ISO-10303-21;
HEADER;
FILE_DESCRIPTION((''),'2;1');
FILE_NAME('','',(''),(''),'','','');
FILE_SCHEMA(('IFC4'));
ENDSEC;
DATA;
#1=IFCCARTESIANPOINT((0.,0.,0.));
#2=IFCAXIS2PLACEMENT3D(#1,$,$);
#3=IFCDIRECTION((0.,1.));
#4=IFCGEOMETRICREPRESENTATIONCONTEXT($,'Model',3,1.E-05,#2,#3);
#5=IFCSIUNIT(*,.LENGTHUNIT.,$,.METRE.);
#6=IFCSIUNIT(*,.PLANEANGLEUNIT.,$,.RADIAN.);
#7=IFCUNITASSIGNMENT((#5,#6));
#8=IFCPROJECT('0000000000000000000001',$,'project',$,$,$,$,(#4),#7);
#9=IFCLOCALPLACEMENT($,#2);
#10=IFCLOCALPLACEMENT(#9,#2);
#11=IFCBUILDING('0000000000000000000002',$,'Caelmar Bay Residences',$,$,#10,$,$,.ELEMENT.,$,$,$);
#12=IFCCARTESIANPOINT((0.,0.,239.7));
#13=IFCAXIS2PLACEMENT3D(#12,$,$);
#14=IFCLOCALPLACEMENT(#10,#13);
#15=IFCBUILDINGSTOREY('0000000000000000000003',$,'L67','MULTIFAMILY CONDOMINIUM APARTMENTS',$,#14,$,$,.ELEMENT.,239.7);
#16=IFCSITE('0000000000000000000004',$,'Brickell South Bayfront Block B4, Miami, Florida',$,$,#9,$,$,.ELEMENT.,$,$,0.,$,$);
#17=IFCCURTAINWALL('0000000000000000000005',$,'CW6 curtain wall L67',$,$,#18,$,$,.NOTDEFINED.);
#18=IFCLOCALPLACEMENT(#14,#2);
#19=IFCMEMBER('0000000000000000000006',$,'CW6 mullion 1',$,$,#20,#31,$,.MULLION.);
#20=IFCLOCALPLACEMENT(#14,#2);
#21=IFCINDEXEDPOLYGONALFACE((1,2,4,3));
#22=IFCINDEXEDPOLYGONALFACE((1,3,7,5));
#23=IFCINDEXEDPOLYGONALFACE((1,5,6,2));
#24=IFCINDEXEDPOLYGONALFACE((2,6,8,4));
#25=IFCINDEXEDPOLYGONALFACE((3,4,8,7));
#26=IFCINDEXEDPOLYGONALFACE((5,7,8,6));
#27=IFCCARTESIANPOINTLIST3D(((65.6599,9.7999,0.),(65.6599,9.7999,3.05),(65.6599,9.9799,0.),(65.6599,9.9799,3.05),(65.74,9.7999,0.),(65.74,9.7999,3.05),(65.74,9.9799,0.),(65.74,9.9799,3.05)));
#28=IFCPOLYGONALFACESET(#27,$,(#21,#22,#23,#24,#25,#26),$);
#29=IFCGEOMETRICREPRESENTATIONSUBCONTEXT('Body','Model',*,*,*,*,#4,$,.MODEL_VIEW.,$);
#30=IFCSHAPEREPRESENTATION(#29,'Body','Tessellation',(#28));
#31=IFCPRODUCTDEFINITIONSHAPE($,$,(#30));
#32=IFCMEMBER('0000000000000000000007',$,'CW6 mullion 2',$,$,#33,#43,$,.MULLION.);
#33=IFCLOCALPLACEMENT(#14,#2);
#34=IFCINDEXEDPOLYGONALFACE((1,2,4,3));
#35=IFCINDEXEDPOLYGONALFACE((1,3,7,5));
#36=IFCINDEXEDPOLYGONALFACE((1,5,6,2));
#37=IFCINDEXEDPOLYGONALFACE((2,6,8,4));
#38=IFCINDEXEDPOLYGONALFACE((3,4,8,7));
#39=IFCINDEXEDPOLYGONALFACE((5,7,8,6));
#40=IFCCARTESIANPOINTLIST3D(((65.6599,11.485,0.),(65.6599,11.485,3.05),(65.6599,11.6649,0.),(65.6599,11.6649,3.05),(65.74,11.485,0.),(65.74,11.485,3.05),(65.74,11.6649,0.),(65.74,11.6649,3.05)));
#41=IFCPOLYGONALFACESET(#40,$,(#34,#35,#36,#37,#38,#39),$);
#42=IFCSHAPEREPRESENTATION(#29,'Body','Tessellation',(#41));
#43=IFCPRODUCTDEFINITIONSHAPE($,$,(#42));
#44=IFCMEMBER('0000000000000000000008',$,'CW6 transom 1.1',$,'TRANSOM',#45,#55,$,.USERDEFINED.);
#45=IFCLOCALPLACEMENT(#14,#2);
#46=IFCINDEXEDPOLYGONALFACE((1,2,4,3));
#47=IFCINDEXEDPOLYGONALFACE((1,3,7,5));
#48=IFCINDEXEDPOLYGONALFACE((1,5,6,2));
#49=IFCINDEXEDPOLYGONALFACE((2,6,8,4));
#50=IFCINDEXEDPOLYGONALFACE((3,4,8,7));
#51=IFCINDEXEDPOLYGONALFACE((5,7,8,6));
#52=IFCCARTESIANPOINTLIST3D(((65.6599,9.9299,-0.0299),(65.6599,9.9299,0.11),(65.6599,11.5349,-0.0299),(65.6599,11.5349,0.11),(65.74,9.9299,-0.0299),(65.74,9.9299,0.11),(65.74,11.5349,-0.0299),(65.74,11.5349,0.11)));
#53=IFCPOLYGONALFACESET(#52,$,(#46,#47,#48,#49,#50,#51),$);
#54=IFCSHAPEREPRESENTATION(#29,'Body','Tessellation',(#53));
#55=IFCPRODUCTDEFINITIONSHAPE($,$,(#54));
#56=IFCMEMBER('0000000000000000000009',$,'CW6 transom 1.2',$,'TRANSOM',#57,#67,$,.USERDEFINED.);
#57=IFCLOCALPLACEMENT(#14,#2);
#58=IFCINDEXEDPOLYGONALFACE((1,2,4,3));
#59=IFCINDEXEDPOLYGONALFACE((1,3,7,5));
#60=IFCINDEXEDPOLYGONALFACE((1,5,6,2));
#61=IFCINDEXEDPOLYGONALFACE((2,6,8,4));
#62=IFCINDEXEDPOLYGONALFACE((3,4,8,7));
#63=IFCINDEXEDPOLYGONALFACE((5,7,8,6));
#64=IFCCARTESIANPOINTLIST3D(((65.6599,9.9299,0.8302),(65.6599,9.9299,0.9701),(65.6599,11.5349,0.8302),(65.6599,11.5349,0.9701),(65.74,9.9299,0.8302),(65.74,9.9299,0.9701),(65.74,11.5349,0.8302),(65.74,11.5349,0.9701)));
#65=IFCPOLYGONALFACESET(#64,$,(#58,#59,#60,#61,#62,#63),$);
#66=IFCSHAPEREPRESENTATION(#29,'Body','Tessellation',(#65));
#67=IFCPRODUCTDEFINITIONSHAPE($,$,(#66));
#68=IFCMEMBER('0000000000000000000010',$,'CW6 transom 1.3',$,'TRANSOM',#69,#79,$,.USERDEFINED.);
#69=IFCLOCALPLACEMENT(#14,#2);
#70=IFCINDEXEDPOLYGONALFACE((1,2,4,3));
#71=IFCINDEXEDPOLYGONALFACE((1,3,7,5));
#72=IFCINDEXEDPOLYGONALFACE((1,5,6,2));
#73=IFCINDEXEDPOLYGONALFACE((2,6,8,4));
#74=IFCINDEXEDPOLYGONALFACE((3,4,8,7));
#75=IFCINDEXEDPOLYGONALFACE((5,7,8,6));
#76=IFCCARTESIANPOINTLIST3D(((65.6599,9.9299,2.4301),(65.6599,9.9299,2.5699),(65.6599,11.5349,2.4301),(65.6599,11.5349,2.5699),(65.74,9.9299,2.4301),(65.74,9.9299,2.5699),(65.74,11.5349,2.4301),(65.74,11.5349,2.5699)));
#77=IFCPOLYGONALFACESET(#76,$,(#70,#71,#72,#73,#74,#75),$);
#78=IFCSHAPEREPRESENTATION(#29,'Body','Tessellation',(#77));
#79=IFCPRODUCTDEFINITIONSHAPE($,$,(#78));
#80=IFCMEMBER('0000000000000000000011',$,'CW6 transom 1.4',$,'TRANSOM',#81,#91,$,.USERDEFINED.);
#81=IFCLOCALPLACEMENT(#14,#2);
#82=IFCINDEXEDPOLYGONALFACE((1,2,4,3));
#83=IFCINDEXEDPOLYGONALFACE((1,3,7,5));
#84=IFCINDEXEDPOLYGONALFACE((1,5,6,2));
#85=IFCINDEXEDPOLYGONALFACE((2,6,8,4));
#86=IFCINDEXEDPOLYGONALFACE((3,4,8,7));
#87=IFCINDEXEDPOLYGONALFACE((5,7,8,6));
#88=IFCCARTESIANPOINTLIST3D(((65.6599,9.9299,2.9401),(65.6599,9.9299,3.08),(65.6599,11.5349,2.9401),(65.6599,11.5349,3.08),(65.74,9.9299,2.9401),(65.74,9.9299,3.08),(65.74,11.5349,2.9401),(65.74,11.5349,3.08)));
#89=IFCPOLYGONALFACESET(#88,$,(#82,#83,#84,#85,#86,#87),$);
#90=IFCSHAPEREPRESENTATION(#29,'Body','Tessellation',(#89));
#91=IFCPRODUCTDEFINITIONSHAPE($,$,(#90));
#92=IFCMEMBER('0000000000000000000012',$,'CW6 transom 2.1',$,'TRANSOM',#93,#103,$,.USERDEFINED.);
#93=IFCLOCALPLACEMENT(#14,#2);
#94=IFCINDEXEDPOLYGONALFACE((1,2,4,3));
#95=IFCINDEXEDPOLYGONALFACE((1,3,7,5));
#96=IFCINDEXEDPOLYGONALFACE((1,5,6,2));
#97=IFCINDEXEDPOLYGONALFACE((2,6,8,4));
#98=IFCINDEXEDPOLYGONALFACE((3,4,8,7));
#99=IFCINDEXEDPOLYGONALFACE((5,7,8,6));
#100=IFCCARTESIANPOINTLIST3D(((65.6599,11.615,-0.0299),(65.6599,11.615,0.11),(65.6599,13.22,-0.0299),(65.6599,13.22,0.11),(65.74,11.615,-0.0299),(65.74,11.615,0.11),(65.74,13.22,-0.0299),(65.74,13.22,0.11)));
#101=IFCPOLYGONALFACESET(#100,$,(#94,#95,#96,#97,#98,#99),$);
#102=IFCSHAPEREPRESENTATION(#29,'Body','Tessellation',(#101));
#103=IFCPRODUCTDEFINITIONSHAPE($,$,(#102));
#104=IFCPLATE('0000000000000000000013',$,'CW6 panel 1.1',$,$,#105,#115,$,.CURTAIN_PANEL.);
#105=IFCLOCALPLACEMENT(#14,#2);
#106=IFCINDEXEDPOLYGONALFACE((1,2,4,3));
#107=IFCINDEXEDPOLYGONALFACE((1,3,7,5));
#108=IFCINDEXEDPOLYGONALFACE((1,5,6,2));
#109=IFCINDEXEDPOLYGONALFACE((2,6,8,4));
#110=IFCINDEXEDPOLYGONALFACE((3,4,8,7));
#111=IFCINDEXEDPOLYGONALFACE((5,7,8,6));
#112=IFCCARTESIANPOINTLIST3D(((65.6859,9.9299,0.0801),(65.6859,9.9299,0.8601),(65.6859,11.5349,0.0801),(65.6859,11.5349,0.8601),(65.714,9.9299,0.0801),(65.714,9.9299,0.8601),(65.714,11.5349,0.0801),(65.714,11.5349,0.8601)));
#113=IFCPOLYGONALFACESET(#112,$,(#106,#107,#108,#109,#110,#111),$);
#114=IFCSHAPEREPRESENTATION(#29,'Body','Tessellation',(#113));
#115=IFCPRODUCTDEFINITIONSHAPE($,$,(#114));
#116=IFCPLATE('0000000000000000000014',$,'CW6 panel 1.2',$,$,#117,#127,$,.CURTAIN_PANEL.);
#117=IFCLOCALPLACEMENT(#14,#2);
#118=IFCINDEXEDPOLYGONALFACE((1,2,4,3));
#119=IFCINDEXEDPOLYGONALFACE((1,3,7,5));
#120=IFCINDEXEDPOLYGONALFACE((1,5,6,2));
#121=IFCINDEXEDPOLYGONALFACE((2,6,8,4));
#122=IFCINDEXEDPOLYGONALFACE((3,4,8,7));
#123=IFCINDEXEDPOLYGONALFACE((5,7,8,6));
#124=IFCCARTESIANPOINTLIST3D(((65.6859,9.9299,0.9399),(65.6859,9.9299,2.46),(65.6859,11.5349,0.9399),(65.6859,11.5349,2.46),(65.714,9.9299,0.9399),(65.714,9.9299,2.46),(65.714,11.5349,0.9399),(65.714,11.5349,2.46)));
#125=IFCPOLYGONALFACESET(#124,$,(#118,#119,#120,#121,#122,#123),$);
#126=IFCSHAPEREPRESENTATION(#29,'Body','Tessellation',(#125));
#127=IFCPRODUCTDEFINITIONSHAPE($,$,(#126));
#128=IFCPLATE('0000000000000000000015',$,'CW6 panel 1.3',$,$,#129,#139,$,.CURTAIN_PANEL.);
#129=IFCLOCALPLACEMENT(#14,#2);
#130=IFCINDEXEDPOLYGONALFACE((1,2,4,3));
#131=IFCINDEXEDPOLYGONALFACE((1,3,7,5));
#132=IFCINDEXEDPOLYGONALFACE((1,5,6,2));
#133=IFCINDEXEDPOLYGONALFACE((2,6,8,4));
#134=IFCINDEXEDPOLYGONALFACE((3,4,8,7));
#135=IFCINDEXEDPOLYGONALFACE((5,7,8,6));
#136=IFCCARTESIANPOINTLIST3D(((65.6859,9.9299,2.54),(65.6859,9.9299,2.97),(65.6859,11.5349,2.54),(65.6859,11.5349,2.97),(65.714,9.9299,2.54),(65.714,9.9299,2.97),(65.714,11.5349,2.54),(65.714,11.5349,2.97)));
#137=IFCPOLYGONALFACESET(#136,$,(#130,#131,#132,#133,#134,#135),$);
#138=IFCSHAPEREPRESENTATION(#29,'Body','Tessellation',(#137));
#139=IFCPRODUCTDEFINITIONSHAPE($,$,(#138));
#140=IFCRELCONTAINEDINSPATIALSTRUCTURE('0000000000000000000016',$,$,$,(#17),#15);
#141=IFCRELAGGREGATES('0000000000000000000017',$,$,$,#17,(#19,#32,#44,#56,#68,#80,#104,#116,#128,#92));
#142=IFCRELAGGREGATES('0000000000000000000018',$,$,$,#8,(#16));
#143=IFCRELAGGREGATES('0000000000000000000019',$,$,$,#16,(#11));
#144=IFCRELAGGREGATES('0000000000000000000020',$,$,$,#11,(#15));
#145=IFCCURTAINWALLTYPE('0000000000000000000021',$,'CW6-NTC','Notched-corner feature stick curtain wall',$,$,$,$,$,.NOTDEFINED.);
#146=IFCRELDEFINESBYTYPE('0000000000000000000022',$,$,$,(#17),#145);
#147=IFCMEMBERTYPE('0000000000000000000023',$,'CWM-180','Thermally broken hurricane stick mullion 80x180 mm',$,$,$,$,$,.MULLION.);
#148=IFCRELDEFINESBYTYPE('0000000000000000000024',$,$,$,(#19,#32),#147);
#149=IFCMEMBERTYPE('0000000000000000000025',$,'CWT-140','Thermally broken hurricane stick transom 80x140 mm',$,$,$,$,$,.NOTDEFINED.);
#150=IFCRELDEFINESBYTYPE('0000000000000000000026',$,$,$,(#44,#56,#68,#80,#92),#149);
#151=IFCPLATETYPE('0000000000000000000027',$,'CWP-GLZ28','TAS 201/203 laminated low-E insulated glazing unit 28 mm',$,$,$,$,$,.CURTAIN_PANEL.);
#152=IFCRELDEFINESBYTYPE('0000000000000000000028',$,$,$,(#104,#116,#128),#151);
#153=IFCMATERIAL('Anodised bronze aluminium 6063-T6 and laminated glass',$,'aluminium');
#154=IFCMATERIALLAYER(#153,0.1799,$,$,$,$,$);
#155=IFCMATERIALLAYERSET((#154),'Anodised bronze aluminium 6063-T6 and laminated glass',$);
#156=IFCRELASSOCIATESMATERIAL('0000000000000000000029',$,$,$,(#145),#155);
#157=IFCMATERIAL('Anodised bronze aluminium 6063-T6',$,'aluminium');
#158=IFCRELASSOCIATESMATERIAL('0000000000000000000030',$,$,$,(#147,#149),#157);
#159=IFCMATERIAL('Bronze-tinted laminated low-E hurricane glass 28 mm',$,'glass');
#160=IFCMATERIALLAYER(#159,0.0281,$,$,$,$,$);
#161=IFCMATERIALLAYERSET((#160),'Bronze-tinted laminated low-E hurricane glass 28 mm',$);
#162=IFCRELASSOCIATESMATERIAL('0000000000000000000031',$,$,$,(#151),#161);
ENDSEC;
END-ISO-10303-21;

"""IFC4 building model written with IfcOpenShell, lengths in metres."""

from ifc_helpers import new_model, si_unit, direction, frame, origin, origin_2d, place, context, subcontext, project, spatial, rectangle, extrude, material, layer, layer_set, material_profile, profile_set, type_object, element, aggregate, save


model = new_model("IFC4")

# Units and contexts
model_context = context("Model", 3, precision=1e-05, world=origin(), true_north=direction((0.0, 1.0)))
body_context = subcontext(model_context, "Body", "Model", "MODEL_VIEW")
ifc_project = project(units=[si_unit("LENGTHUNIT", "METRE"), si_unit("PLANEANGLEUNIT", "RADIAN")], contexts=[model_context])

# Site, building, storey
site_placement = place(None, origin())
site = spatial("IfcSite", under=ifc_project, at=site_placement, Name="Brickell South Bayfront Block B4, Miami, Florida", CompositionType="ELEMENT", RefElevation=0.0)
building_placement = place(site_placement, origin())
building = spatial("IfcBuilding", under=site, at=building_placement, Name="Caelmar Bay Residences", CompositionType="ELEMENT")
storey_placement = place(building_placement, frame((0.0, 0.0, 239.7)))
storey = spatial("IfcBuildingStorey", under=building, at=storey_placement, Name="L67", Description="MULTIFAMILY CONDOMINIUM APARTMENTS", CompositionType="ELEMENT", Elevation=239.7)

# Curtain wall, members, plates
ifc_material_1 = material(Name="Anodised bronze aluminium 6063-T6 and laminated glass", Category="aluminium")
ifc_layer_1 = layer(ifc_material_1, 0.1799)
ifc_layer_set_1 = layer_set([ifc_layer_1], Name="Anodised bronze aluminium 6063-T6 and laminated glass")
curtain_wall_type = type_object("IfcCurtainWallType", Name="CW6-NTC", Description="Notched-corner feature stick curtain wall", PredefinedType="NOTDEFINED", material=ifc_layer_set_1)
curtain_wall_placement = place(storey_placement, origin())
curtain_wall = element("IfcCurtainWall", 1, at=curtain_wall_placement, inside=storey, type_object=curtain_wall_type, Name="CW6 curtain wall L67", PredefinedType="NOTDEFINED")
ifc_material_2 = material(Name="Anodised bronze aluminium 6063-T6", Category="aluminium")
ifc_material_profile_1 = material_profile(ifc_material_2, rectangle(XDim=0.0801, YDim=0.1799, at=origin_2d()), Name="CWM-80X180")
ifc_profile_set_1 = profile_set([ifc_material_profile_1], Name="Anodised bronze aluminium 6063-T6")
member_type_1 = type_object("IfcMemberType", Name="CWM-180", Description="Thermally broken hurricane stick mullion 80x180 mm", PredefinedType="MULLION", material=ifc_profile_set_1)
member_1_placement = place(storey_placement, frame((65.7, 9.8899, 0.0), z_axis=(0.0, 0.0, 1.0), x_axis=(-1.0, 0.0, 0.0)))
member_1 = element("IfcMember", 2, at=member_1_placement, type_object=member_type_1, Name="CW6 mullion 1", PredefinedType="MULLION", context=body_context, shape_type="SweptSolid", body=[
    extrude(rectangle(XDim=0.0801, YDim=0.1799, at=origin_2d()), origin(), (0.0, 0.0, 1.0), 3.05),
])
member_2_placement = place(storey_placement, frame((65.7, 11.575, 0.0), z_axis=(0.0, 0.0, 1.0), x_axis=(-1.0, 0.0, 0.0)))
member_2 = element("IfcMember", 3, at=member_2_placement, type_object=member_type_1, Name="CW6 mullion 2", PredefinedType="MULLION", context=body_context, shape_type="SweptSolid", body=[
    extrude(rectangle(XDim=0.0801, YDim=0.1799, at=origin_2d()), origin(), (0.0, 0.0, 1.0), 3.05),
])
ifc_material_profile_2 = material_profile(ifc_material_2, rectangle(XDim=0.0801, YDim=0.1399, at=origin_2d()), Name="CWT-80X140")
ifc_profile_set_2 = profile_set([ifc_material_profile_2], Name="Anodised bronze aluminium 6063-T6")
member_type_2 = type_object("IfcMemberType", Name="CWT-140", Description="Thermally broken hurricane stick transom 80x140 mm", PredefinedType="NOTDEFINED", material=ifc_profile_set_2)
member_3_placement = place(storey_placement, frame((65.7, 9.9299, 0.04), z_axis=(0.0, 1.0, 0.0), x_axis=(-1.0, 0.0, 0.0)))
member_3 = element("IfcMember", 4, at=member_3_placement, type_object=member_type_2, Name="CW6 transom 1.1", ObjectType="TRANSOM", PredefinedType="USERDEFINED", context=body_context, shape_type="SweptSolid", body=[
    extrude(rectangle(XDim=0.0801, YDim=0.1399, at=origin_2d()), origin(), (0.0, 0.0, 1.0), 1.605),
])
member_4_placement = place(storey_placement, frame((65.7, 9.9299, 0.9001), z_axis=(0.0, 1.0, 0.0), x_axis=(-1.0, 0.0, 0.0)))
member_4 = element("IfcMember", 5, at=member_4_placement, type_object=member_type_2, Name="CW6 transom 1.2", ObjectType="TRANSOM", PredefinedType="USERDEFINED", context=body_context, shape_type="SweptSolid", body=[
    extrude(rectangle(XDim=0.0801, YDim=0.1399, at=origin_2d()), origin(), (0.0, 0.0, 1.0), 1.605),
])
member_5_placement = place(storey_placement, frame((65.7, 9.9299, 2.5), z_axis=(0.0, 1.0, 0.0), x_axis=(-1.0, 0.0, 0.0)))
member_5 = element("IfcMember", 6, at=member_5_placement, type_object=member_type_2, Name="CW6 transom 1.3", ObjectType="TRANSOM", PredefinedType="USERDEFINED", context=body_context, shape_type="SweptSolid", body=[
    extrude(rectangle(XDim=0.0801, YDim=0.1399, at=origin_2d()), origin(), (0.0, 0.0, 1.0), 1.605),
])
member_6_placement = place(storey_placement, frame((65.7, 9.9299, 3.01), z_axis=(0.0, 1.0, 0.0), x_axis=(-1.0, 0.0, 0.0)))
member_6 = element("IfcMember", 7, at=member_6_placement, type_object=member_type_2, Name="CW6 transom 1.4", ObjectType="TRANSOM", PredefinedType="USERDEFINED", context=body_context, shape_type="SweptSolid", body=[
    extrude(rectangle(XDim=0.0801, YDim=0.1399, at=origin_2d()), origin(), (0.0, 0.0, 1.0), 1.605),
])
member_7_placement = place(storey_placement, frame((65.7, 11.615, 0.04), z_axis=(0.0, 1.0, 0.0), x_axis=(-1.0, 0.0, 0.0)))
member_7 = element("IfcMember", 8, at=member_7_placement, type_object=member_type_2, Name="CW6 transom 2.1", ObjectType="TRANSOM", PredefinedType="USERDEFINED", context=body_context, shape_type="SweptSolid", body=[
    extrude(rectangle(XDim=0.0801, YDim=0.1399, at=origin_2d()), origin(), (0.0, 0.0, 1.0), 1.605),
])
ifc_material_3 = material(Name="Bronze-tinted laminated low-E hurricane glass 28 mm", Category="glass")
ifc_layer_2 = layer(ifc_material_3, 0.0281)
ifc_layer_set_2 = layer_set([ifc_layer_2], Name="Bronze-tinted laminated low-E hurricane glass 28 mm")
plate_type = type_object("IfcPlateType", Name="CWP-GLZ28", Description="TAS 201/203 laminated low-E insulated glazing unit 28 mm", PredefinedType="CURTAIN_PANEL", material=ifc_layer_set_2)
plate_1_placement = place(storey_placement, frame((65.7, 10.7324, 0.0801), z_axis=(0.0, 0.0, 1.0), x_axis=(0.0, 1.0, 0.0)))
plate_1 = element("IfcPlate", 9, at=plate_1_placement, type_object=plate_type, Name="CW6 panel 1.1", PredefinedType="CURTAIN_PANEL", context=body_context, shape_type="SweptSolid", body=[
    extrude(rectangle(XDim=1.605, YDim=0.0281, at=origin_2d()), origin(), (0.0, 0.0, 1.0), 0.78),
])
plate_2_placement = place(storey_placement, frame((65.7, 10.7324, 0.9399), z_axis=(0.0, 0.0, 1.0), x_axis=(0.0, 1.0, 0.0)))
plate_2 = element("IfcPlate", 10, at=plate_2_placement, type_object=plate_type, Name="CW6 panel 1.2", PredefinedType="CURTAIN_PANEL", context=body_context, shape_type="SweptSolid", body=[
    extrude(rectangle(XDim=1.605, YDim=0.0281, at=origin_2d()), origin(), (0.0, 0.0, 1.0), 1.52),
])
plate_3_placement = place(storey_placement, frame((65.7, 10.7324, 2.54), z_axis=(0.0, 0.0, 1.0), x_axis=(0.0, 1.0, 0.0)))
plate_3 = element("IfcPlate", 11, at=plate_3_placement, type_object=plate_type, Name="CW6 panel 1.3", PredefinedType="CURTAIN_PANEL", context=body_context, shape_type="SweptSolid", body=[
    extrude(rectangle(XDim=1.605, YDim=0.0281, at=origin_2d()), origin(), (0.0, 0.0, 1.0), 0.4299),
])
aggregate(curtain_wall, [member_1, member_2, member_3, member_4, member_5, member_6, plate_1, plate_2, plate_3, member_7])

save(model, "model.ifc")
